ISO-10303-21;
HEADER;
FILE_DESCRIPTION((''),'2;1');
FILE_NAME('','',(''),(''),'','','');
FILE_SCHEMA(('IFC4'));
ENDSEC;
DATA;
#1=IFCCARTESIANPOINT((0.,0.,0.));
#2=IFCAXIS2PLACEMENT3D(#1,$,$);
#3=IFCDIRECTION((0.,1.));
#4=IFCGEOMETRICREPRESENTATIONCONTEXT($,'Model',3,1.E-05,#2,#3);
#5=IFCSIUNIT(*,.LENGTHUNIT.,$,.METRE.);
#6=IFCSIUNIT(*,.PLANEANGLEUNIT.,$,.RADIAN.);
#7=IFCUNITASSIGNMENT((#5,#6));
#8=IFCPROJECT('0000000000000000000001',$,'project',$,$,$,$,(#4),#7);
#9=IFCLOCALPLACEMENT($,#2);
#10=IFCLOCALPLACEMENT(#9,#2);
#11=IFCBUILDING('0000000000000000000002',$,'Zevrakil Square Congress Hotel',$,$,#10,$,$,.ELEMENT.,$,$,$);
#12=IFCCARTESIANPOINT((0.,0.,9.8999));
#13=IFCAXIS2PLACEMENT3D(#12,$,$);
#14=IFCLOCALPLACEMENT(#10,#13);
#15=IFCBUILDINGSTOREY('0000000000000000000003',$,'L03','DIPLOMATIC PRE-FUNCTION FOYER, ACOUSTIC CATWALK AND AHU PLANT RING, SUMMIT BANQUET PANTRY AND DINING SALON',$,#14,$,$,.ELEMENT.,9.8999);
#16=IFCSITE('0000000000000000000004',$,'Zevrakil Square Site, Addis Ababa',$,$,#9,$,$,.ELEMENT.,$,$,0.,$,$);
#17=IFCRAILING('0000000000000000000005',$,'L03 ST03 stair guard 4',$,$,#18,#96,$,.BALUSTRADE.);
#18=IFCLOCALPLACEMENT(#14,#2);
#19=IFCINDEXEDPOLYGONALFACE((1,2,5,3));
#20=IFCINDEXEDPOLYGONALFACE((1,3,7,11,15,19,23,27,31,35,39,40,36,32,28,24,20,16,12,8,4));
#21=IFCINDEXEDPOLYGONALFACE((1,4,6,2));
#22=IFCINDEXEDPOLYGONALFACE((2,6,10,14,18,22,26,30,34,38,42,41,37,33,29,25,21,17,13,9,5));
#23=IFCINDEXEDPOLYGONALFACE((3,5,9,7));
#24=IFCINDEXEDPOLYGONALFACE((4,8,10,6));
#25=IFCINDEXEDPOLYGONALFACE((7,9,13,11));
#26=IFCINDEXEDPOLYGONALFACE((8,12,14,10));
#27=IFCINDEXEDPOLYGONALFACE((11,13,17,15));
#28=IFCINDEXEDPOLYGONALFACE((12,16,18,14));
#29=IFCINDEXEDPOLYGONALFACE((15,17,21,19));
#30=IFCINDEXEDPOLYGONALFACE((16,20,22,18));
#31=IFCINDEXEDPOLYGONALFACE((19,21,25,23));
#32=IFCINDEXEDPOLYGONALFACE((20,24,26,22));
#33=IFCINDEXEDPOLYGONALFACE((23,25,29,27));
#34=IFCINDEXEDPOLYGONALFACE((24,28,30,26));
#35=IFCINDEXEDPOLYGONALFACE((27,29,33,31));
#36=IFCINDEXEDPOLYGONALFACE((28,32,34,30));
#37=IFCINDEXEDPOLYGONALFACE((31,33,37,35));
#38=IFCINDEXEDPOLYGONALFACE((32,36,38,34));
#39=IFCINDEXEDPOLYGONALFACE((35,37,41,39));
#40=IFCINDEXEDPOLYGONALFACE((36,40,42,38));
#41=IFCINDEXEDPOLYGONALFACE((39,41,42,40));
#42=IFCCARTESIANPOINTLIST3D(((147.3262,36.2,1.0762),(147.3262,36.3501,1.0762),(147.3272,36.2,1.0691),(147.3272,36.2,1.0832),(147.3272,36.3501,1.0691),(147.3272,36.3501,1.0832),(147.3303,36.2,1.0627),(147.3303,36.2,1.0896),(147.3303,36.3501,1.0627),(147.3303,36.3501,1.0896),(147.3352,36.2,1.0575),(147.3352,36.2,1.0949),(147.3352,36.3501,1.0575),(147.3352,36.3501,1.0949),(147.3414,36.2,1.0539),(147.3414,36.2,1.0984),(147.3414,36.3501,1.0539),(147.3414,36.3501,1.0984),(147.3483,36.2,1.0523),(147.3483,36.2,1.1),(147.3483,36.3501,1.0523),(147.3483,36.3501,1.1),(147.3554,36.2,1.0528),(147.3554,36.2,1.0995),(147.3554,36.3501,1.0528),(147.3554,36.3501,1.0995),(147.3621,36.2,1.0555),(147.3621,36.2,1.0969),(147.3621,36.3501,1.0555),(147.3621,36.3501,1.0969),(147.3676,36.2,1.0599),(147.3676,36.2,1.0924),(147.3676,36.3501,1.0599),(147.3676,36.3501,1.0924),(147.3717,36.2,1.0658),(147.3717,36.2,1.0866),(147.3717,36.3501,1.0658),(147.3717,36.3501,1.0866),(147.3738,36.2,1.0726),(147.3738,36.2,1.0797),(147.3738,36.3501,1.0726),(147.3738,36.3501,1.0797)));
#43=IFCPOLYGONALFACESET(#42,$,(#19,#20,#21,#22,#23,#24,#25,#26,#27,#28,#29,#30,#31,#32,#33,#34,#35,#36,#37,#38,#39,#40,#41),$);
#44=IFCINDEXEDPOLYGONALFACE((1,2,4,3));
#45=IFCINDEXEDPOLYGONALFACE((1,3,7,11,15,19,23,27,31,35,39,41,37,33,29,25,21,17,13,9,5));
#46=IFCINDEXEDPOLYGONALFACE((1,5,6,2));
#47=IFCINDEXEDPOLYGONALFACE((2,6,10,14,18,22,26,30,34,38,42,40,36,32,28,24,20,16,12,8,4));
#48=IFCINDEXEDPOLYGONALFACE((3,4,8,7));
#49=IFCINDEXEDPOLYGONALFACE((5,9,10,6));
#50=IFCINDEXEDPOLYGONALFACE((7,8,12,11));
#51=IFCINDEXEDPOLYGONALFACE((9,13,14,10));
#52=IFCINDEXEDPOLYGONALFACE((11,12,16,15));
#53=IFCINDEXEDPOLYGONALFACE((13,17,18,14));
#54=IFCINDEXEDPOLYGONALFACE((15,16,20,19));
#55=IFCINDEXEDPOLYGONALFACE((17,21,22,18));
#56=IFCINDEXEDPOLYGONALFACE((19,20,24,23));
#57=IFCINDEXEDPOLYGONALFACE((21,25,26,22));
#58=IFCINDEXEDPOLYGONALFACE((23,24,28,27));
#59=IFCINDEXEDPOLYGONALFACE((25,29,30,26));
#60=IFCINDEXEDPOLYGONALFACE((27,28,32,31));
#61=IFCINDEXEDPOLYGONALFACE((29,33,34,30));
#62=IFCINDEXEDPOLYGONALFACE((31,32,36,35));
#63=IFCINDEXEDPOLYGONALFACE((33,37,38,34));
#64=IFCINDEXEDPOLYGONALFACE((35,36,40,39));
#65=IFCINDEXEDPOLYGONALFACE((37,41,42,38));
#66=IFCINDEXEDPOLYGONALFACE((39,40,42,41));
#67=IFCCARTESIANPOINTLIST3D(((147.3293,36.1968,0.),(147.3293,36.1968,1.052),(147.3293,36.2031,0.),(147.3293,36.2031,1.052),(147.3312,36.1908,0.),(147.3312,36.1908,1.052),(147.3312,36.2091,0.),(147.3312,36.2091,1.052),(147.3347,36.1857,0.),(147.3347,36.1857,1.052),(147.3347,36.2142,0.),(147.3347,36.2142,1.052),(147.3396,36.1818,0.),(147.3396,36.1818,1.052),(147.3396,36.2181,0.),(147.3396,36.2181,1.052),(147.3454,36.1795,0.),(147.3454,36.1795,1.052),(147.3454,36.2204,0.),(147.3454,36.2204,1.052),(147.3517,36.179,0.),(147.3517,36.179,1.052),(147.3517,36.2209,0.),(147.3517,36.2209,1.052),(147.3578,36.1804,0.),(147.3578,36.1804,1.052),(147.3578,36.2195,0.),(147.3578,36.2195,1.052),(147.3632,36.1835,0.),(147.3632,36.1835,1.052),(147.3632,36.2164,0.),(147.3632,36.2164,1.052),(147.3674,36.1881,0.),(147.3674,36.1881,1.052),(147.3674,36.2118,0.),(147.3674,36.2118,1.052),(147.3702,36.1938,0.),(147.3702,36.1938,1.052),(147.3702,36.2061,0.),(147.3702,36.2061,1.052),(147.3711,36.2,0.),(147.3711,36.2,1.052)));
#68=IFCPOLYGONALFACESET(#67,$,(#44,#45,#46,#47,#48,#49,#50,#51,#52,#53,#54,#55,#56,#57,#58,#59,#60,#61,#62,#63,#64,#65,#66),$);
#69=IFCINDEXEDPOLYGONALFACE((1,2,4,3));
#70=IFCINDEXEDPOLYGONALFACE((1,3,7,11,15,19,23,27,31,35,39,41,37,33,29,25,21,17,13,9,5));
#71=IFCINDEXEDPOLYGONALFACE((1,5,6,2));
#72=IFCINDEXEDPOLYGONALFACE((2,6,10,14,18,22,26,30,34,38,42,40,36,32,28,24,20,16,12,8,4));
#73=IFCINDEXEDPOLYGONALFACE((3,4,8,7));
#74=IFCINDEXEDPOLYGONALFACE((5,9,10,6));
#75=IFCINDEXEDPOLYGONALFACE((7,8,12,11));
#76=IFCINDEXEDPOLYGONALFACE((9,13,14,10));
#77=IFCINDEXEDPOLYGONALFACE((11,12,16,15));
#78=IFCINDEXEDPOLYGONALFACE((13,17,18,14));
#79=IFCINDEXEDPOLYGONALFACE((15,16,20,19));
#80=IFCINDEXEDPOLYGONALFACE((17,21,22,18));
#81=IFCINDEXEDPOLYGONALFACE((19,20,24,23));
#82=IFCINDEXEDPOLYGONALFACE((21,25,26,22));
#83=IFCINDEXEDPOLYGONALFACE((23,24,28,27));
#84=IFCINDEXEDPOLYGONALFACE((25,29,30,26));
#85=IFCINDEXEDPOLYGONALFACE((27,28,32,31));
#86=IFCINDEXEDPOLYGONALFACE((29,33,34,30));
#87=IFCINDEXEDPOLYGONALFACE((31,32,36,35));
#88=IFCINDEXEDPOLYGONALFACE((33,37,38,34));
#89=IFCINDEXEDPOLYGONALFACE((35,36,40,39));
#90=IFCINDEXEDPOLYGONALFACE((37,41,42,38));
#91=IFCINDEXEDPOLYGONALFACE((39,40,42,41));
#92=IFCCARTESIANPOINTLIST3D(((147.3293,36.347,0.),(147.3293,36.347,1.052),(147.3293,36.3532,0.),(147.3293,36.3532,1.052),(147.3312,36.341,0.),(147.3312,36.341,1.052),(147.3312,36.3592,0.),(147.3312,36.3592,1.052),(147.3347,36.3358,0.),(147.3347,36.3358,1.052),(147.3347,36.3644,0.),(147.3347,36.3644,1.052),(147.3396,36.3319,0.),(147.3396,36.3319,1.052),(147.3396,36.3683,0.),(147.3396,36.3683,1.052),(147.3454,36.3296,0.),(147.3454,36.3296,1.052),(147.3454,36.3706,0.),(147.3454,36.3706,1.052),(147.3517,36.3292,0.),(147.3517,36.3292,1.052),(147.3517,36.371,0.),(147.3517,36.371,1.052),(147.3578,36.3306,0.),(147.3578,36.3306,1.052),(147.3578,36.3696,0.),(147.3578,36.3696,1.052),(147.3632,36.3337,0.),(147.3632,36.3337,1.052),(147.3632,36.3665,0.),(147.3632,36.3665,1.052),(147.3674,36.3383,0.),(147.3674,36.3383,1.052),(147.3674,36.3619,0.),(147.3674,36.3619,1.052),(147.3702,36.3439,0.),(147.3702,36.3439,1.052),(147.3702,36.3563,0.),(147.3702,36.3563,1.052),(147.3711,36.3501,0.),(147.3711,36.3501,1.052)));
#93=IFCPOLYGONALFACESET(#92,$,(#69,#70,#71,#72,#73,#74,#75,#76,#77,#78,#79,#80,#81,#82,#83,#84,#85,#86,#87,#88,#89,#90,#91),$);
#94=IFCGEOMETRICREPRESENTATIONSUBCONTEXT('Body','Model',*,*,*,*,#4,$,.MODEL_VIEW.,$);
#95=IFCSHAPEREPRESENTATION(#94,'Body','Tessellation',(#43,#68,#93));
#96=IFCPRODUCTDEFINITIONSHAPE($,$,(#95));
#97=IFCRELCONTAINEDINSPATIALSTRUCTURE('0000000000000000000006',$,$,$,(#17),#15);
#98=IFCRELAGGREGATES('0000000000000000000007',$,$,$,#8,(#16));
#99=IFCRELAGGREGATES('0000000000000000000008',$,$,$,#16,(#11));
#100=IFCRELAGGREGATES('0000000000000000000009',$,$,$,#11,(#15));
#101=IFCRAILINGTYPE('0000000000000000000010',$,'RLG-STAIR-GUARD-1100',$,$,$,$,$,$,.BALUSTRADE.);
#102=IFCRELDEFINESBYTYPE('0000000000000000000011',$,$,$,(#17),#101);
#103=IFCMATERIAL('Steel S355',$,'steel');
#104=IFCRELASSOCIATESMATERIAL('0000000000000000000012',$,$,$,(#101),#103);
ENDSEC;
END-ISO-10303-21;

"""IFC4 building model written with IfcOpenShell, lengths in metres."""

from ifc_helpers import new_model, si_unit, direction, frame, origin, origin_2d, place, context, subcontext, project, spatial, circle, extrude, material, type_object, element, save


model = new_model("IFC4")

# Units and contexts
model_context = context("Model", 3, precision=1e-05, world=origin(), true_north=direction((0.0, 1.0)))
body_context = subcontext(model_context, "Body", "Model", "MODEL_VIEW")
ifc_project = project(units=[si_unit("LENGTHUNIT", "METRE"), si_unit("PLANEANGLEUNIT", "RADIAN")], contexts=[model_context])

# Site, building, storey
site_placement = place(None, origin())
site = spatial("IfcSite", under=ifc_project, at=site_placement, Name="Zevrakil Square Site, Addis Ababa", CompositionType="ELEMENT", RefElevation=0.0)
building_placement = place(site_placement, origin())
building = spatial("IfcBuilding", under=site, at=building_placement, Name="Zevrakil Square Congress Hotel", CompositionType="ELEMENT")
storey_placement = place(building_placement, frame((0.0, 0.0, 9.8999)))
storey = spatial("IfcBuildingStorey", under=building, at=storey_placement, Name="L03", Description="DIPLOMATIC PRE-FUNCTION FOYER, ACOUSTIC CATWALK AND AHU PLANT RING, SUMMIT BANQUET PANTRY AND DINING SALON", CompositionType="ELEMENT", Elevation=9.8999)

# Railing
ifc_material_1 = material(Name="Steel S355", Category="steel")
railing_type_1 = type_object("IfcRailingType", Name="RLG-STAIR-GUARD-1100", PredefinedType="BALUSTRADE", material=ifc_material_1)
railing_1_placement = place(storey_placement, frame((147.3501, 36.2, 0.0)))
element("IfcRailing", 1, at=railing_1_placement, inside=storey, type_object=railing_type_1, Name="L03 ST03 stair guard 4", PredefinedType="BALUSTRADE", context=body_context, shape_type="SweptSolid", body=[
    extrude(circle(Radius=0.0239, at=origin_2d()), frame((0.0, 0.0, 1.0762), z_axis=(0.0, 1.0, 0.0), x_axis=(-1.0, 0.0, 0.0)), (0.0, 0.0, 1.0), 0.1501),
    extrude(circle(Radius=0.021, at=origin_2d()), origin(), (0.0, 0.0, 1.0), 1.052),
    extrude(circle(Radius=0.021, at=origin_2d()), frame((0.0, 0.1501, 0.0)), (0.0, 0.0, 1.0), 1.052),
])

save(model, "model.ifc")
